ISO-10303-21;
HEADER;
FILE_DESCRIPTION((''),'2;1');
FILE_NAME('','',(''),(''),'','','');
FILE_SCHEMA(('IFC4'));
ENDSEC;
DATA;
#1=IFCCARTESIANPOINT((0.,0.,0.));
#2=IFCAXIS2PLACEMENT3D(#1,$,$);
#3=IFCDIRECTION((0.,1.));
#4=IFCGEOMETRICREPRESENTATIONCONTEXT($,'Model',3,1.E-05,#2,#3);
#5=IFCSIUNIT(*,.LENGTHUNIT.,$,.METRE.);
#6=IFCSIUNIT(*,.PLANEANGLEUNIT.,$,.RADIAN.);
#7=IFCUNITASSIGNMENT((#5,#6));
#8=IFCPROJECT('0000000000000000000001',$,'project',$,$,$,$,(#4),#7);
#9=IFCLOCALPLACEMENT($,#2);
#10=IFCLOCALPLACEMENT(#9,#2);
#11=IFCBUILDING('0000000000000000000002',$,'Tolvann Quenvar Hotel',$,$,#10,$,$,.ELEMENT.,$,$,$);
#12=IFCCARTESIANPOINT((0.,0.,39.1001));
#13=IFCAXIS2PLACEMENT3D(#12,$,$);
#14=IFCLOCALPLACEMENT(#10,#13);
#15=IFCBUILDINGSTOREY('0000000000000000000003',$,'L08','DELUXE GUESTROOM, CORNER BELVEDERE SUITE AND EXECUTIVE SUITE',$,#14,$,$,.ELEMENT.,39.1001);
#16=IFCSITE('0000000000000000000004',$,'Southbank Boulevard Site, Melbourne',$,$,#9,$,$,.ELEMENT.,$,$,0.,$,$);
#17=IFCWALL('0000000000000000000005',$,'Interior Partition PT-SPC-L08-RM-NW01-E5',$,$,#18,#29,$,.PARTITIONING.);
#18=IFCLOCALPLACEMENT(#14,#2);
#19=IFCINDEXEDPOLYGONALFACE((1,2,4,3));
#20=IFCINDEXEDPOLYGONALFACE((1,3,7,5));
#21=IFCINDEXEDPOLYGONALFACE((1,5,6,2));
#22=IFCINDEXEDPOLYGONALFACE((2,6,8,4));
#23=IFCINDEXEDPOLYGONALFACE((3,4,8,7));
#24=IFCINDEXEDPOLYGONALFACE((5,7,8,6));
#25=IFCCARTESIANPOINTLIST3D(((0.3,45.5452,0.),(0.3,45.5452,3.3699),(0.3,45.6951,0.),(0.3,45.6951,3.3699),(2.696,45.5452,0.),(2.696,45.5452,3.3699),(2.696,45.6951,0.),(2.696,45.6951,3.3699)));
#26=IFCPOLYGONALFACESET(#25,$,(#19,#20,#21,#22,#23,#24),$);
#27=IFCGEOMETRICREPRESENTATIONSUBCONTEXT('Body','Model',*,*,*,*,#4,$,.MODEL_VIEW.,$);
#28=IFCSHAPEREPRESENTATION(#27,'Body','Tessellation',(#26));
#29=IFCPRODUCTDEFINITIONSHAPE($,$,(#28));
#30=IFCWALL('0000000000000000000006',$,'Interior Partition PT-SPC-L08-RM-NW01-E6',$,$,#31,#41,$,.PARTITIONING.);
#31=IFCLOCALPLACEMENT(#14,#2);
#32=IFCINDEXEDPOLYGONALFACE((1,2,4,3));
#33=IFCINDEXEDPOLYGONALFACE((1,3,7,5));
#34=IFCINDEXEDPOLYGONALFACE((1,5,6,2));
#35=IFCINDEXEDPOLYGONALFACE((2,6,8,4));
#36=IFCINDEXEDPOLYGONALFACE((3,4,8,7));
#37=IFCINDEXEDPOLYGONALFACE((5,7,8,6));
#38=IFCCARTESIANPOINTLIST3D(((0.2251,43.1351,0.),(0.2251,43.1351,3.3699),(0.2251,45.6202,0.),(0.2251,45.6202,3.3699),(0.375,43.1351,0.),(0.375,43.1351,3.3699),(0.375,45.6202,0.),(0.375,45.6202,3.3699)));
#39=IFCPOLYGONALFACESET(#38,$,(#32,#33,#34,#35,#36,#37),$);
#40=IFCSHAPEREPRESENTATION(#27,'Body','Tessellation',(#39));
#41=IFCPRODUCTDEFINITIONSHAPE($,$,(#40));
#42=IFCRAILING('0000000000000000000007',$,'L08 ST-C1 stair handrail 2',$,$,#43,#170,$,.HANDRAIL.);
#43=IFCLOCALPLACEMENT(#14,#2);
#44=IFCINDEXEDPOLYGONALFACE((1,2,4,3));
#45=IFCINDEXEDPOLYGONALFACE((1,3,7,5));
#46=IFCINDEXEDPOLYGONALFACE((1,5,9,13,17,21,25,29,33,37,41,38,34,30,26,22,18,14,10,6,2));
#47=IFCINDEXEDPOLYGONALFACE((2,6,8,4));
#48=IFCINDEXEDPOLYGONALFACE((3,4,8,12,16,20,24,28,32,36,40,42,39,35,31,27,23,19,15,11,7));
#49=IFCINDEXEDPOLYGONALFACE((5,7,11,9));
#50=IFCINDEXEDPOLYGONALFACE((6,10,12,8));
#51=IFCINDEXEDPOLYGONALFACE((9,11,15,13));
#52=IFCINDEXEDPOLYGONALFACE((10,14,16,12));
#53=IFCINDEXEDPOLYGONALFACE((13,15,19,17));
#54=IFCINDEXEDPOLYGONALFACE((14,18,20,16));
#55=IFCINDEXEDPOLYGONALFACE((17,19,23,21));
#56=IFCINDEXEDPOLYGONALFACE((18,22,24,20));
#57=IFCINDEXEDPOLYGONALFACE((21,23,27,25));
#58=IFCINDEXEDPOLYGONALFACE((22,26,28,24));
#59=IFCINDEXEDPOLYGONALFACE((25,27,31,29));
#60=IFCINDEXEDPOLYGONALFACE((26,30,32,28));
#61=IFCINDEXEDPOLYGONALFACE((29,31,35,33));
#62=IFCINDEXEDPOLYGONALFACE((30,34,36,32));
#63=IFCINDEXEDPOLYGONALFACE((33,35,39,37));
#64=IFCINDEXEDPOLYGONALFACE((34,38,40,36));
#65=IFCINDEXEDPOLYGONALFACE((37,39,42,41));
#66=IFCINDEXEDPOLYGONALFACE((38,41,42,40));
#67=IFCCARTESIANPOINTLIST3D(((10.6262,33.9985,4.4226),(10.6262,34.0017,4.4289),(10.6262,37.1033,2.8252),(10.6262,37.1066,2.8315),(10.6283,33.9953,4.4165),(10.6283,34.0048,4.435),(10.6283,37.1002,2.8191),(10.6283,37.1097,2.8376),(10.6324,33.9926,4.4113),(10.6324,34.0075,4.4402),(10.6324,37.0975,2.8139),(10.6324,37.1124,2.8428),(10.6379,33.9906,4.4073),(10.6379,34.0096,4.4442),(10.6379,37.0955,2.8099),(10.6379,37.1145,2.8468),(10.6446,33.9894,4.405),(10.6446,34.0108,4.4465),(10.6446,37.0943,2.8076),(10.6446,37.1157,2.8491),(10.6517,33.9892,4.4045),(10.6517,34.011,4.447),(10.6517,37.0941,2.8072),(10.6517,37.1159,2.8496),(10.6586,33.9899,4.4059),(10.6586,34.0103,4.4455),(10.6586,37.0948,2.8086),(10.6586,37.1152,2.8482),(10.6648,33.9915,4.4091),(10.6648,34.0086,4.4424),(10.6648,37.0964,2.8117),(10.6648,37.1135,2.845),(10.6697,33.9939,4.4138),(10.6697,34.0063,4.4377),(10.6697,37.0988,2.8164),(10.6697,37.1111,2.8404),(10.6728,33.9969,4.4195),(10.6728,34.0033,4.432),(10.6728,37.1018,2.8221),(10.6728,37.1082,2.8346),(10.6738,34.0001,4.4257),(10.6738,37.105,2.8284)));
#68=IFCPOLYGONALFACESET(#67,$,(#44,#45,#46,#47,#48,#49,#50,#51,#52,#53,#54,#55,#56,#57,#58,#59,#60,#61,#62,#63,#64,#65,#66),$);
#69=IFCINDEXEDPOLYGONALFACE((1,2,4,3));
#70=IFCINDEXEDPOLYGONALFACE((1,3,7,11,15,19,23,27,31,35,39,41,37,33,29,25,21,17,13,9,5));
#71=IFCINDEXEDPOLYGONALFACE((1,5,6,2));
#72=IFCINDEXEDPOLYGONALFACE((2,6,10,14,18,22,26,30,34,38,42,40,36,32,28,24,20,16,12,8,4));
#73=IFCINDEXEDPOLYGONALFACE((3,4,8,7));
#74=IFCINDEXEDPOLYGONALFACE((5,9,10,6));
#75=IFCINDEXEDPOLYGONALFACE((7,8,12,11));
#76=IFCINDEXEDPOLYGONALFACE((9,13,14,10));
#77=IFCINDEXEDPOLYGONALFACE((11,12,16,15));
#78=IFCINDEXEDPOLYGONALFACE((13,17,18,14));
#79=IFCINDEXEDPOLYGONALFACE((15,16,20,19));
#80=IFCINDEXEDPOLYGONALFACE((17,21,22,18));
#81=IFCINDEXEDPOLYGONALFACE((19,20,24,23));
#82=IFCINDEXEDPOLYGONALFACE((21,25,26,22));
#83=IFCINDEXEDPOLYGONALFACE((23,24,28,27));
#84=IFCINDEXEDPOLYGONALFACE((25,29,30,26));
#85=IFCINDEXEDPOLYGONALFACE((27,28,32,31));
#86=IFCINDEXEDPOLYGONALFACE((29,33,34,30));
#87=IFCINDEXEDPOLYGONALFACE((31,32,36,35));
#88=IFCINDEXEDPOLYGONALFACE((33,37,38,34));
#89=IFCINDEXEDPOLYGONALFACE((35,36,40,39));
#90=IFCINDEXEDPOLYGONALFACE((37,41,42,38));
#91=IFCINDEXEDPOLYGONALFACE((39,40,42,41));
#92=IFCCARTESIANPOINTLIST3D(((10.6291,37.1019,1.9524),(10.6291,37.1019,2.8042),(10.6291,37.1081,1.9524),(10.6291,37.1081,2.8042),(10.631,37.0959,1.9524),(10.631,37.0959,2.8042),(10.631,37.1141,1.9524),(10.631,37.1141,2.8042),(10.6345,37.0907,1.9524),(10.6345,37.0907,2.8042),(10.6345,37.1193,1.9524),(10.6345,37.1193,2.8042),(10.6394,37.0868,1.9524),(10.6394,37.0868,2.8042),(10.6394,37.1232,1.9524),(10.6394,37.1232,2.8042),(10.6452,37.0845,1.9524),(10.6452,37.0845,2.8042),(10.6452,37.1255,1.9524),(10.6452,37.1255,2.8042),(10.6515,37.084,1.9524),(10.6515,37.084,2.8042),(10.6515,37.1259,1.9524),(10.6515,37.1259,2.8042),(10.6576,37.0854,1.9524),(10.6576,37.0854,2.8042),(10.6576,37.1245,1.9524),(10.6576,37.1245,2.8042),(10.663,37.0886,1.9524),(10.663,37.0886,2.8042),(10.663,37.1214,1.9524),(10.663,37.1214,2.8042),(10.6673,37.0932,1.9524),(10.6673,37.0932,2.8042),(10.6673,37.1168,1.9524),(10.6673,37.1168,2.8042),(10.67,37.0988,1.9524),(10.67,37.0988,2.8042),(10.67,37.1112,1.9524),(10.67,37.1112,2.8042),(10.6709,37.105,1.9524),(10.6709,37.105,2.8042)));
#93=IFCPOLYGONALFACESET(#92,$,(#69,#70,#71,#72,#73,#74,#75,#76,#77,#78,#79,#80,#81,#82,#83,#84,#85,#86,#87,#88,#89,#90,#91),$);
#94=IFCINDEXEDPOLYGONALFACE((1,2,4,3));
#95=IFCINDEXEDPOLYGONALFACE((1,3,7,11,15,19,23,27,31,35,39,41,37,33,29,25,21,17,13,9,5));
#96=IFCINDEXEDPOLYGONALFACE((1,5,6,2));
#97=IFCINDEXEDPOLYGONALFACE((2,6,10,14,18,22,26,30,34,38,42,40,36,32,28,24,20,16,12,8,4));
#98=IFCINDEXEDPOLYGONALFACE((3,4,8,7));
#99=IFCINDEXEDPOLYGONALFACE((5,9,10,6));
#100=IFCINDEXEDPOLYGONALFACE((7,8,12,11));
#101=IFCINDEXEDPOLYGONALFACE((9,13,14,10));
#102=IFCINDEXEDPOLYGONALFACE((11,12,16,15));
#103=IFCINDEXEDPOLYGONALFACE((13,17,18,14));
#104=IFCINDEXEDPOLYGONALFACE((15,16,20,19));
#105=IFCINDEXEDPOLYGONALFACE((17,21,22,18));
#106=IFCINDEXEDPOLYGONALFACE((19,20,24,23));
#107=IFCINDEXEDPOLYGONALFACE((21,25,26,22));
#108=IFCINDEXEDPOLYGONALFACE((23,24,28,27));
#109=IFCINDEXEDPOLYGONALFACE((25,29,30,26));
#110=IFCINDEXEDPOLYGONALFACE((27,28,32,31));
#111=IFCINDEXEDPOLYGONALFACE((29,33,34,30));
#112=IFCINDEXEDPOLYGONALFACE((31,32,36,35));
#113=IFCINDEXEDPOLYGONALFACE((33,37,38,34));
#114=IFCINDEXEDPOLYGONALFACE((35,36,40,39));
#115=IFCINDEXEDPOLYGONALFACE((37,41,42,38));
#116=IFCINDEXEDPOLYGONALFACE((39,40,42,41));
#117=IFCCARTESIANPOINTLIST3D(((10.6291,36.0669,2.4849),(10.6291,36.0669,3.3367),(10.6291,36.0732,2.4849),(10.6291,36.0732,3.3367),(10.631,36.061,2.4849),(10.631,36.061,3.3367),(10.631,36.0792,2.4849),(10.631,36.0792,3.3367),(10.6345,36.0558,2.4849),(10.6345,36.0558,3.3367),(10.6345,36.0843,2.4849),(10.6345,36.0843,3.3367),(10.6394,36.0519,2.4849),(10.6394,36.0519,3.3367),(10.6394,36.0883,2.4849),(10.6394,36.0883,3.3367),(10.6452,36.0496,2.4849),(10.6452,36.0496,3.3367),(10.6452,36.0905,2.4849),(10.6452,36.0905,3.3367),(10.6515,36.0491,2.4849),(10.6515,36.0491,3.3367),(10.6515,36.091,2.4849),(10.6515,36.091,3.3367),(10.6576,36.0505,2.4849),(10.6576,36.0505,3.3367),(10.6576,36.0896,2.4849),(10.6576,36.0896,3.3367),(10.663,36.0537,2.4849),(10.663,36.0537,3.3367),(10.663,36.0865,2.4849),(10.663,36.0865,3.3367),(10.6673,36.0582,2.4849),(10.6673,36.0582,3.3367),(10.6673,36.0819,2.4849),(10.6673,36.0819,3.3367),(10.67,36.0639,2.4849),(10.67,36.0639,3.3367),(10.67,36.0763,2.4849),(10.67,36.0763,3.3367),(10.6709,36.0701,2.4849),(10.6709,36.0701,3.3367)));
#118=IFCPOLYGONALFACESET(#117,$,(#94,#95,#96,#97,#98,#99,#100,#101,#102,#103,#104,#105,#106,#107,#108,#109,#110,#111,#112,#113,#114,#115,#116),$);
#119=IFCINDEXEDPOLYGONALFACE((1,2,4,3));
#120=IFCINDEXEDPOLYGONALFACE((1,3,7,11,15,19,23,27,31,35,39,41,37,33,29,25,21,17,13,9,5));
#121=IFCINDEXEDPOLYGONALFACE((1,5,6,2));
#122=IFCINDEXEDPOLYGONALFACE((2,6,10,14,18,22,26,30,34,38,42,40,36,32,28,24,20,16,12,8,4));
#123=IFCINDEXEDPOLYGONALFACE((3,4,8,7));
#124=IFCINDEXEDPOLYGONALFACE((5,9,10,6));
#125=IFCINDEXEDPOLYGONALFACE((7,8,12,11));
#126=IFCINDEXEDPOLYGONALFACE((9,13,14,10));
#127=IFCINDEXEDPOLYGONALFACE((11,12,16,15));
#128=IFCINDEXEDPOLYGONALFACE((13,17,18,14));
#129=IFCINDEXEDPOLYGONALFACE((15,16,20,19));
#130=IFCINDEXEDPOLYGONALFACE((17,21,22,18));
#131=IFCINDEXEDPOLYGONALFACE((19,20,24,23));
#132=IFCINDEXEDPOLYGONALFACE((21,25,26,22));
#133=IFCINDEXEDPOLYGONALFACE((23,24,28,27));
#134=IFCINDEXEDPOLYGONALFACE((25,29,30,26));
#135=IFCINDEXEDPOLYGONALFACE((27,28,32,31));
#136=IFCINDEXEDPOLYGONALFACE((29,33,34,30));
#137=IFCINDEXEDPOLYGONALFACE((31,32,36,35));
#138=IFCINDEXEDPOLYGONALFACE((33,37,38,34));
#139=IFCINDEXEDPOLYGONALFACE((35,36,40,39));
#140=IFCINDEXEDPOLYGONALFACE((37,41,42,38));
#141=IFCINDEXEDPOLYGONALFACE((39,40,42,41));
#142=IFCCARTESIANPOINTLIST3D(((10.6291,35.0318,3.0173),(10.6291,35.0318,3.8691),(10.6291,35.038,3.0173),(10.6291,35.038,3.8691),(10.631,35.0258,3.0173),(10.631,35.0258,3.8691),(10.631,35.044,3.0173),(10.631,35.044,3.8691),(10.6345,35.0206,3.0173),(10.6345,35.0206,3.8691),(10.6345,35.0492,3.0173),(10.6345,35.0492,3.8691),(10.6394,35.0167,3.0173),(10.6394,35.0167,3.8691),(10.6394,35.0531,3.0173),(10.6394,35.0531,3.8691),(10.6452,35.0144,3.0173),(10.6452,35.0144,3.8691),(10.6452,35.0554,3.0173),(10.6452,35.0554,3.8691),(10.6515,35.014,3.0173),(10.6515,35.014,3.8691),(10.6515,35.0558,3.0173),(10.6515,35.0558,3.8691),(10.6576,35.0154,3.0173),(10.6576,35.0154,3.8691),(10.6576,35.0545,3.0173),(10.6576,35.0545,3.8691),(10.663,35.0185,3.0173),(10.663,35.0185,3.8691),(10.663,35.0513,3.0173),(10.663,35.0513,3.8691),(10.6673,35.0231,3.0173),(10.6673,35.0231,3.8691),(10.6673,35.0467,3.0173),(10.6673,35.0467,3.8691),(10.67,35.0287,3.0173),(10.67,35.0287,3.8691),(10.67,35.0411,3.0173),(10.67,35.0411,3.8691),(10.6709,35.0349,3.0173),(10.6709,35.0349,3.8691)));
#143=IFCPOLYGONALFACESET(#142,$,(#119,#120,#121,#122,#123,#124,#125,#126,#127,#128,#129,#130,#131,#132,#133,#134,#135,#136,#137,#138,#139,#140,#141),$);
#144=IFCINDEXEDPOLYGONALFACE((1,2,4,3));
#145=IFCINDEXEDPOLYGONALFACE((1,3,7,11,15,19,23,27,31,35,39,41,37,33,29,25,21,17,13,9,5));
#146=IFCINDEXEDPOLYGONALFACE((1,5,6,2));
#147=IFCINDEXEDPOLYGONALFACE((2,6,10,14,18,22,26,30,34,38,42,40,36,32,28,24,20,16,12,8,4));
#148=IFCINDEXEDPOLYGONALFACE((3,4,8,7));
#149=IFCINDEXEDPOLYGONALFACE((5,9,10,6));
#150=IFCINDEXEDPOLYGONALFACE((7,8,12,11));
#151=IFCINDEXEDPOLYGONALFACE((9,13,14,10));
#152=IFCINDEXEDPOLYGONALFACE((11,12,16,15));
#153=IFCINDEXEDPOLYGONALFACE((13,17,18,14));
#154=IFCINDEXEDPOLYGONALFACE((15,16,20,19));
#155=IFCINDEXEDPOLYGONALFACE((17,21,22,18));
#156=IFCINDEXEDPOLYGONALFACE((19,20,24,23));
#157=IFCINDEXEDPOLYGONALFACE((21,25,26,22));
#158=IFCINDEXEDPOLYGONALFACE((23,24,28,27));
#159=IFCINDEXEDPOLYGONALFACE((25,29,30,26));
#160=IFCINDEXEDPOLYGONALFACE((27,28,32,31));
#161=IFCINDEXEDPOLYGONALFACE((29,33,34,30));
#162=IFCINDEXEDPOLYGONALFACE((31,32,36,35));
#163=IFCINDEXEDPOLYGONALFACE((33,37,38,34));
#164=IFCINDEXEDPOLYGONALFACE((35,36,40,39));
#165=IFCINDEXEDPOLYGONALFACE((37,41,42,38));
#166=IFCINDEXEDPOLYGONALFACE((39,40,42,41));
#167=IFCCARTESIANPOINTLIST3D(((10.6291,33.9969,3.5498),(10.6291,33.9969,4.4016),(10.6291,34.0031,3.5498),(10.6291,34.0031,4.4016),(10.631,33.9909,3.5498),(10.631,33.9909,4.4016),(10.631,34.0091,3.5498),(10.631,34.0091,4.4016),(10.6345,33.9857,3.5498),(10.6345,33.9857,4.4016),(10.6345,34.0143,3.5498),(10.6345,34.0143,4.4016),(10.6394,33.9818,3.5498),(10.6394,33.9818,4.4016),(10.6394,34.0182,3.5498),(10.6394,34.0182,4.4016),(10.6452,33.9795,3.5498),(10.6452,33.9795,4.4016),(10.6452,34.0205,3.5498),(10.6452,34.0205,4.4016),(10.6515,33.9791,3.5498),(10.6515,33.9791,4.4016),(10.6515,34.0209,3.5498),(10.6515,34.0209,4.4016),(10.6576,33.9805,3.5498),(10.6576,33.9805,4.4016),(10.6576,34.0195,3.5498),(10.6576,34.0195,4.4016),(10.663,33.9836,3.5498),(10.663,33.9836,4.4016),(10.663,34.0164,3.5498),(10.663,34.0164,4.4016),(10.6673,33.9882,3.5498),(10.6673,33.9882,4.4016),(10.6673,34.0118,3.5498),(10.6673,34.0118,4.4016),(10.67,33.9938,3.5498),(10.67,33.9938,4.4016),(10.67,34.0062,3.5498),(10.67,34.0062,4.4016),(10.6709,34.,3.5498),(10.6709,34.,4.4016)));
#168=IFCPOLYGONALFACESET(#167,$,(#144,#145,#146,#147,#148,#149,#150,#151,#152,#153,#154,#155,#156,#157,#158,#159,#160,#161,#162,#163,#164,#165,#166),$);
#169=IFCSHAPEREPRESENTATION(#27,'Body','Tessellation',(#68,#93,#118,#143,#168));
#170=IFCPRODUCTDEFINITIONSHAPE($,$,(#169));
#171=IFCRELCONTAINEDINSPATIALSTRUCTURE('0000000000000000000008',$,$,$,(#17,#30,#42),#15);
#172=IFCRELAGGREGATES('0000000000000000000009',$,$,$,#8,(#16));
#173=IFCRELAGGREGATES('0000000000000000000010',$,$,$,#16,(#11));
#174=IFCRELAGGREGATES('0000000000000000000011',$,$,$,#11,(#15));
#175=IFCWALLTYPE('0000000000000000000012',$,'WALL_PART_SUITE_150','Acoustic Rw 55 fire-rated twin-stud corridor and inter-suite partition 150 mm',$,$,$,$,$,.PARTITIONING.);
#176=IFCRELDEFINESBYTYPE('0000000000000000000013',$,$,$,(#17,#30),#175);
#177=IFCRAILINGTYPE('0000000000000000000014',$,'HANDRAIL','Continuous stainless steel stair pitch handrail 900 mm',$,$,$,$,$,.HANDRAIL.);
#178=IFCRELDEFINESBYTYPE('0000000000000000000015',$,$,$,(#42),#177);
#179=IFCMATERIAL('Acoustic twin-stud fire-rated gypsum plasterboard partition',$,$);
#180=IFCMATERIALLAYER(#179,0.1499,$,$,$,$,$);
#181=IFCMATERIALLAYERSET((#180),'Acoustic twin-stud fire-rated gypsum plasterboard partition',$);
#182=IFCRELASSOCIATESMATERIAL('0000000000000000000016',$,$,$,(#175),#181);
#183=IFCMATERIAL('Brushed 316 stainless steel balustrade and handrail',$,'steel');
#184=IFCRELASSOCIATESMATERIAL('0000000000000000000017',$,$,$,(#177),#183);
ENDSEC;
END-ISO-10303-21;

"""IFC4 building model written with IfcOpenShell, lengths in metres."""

from ifc_helpers import new_model, si_unit, direction, frame, frame_2d, origin, origin_2d, place, context, subcontext, project, spatial, rectangle, circle, extrude, material, layer, layer_set, type_object, element, save


model = new_model("IFC4")

# Units and contexts
model_context = context("Model", 3, precision=1e-05, world=origin(), true_north=direction((0.0, 1.0)))
body_context = subcontext(model_context, "Body", "Model", "MODEL_VIEW")
ifc_project = project(units=[si_unit("LENGTHUNIT", "METRE"), si_unit("PLANEANGLEUNIT", "RADIAN")], contexts=[model_context])

# Site, building, storey
site_placement = place(None, origin())
site = spatial("IfcSite", under=ifc_project, at=site_placement, Name="Southbank Boulevard Site, Melbourne", CompositionType="ELEMENT", RefElevation=0.0)
building_placement = place(site_placement, origin())
building = spatial("IfcBuilding", under=site, at=building_placement, Name="Tolvann Quenvar Hotel", CompositionType="ELEMENT")
storey_placement = place(building_placement, frame((0.0, 0.0, 39.1001)))
storey = spatial("IfcBuildingStorey", under=building, at=storey_placement, Name="L08", Description="DELUXE GUESTROOM, CORNER BELVEDERE SUITE AND EXECUTIVE SUITE", CompositionType="ELEMENT", Elevation=39.1001)

# Walls
ifc_material_1 = material(Name="Acoustic twin-stud fire-rated gypsum plasterboard partition")
ifc_layer_1 = layer(ifc_material_1, 0.1499)
ifc_layer_set_1 = layer_set([ifc_layer_1], Name="Acoustic twin-stud fire-rated gypsum plasterboard partition")
wall_type_1 = type_object("IfcWallType", Name="WALL_PART_SUITE_150", Description="Acoustic Rw 55 fire-rated twin-stud corridor and inter-suite partition 150 mm", PredefinedType="PARTITIONING", material=ifc_layer_set_1)
wall_1_placement = place(storey_placement, frame((0.3, 45.6201, 0.0), z_axis=(0.0, 0.0, 1.0), x_axis=(1.0, 0.0, 0.0)))
element("IfcWall", 1, at=wall_1_placement, inside=storey, type_object=wall_type_1, Name="Interior Partition PT-SPC-L08-RM-NW01-E5", PredefinedType="PARTITIONING", context=body_context, shape_type="SweptSolid", body=[
    extrude(rectangle(XDim=2.396, YDim=0.1499, at=frame_2d((1.198, 0.0))), origin(), (0.0, 0.0, 1.0), 3.3699),
])
wall_2_placement = place(storey_placement, frame((0.3, 43.135, 0.0), z_axis=(0.0, 0.0, 1.0), x_axis=(0.0, 1.0, 0.0)))
element("IfcWall", 2, at=wall_2_placement, inside=storey, type_object=wall_type_1, Name="Interior Partition PT-SPC-L08-RM-NW01-E6", PredefinedType="PARTITIONING", context=body_context, shape_type="SweptSolid", body=[
    extrude(rectangle(XDim=2.4851, YDim=0.1499, at=frame_2d((1.2427, 0.0))), origin(), (0.0, 0.0, 1.0), 3.3699),
])

# Railing
ifc_material_2 = material(Name="Brushed 316 stainless steel balustrade and handrail", Category="steel")
railing_type = type_object("IfcRailingType", Name="HANDRAIL", Description="Continuous stainless steel stair pitch handrail 900 mm", PredefinedType="HANDRAIL", material=ifc_material_2)
railing_placement = place(storey_placement, frame((10.6499, 37.105, 1.9524)))
element("IfcRailing", 3, at=railing_placement, inside=storey, type_object=railing_type, Name="L08 ST-C1 stair handrail 2", PredefinedType="HANDRAIL", context=body_context, shape_type="SweptSolid", body=[
    extrude(circle(Radius=0.0239, at=origin_2d()), frame((0.0, 0.0, 0.876), z_axis=(0.0, -0.889222, 0.457476), x_axis=(1.0, 0.0, 0.0)), (0.0, 0.0, 1.0), 3.4917),
    extrude(circle(Radius=0.021, at=origin_2d()), origin(), (0.0, 0.0, 1.0), 0.8518),
    extrude(circle(Radius=0.021, at=origin_2d()), frame((0.0, -1.0349, 0.5325)), (0.0, 0.0, 1.0), 0.8518),
    extrude(circle(Radius=0.021, at=origin_2d()), frame((0.0, -2.0701, 1.0649)), (0.0, 0.0, 1.0), 0.8518),
    extrude(circle(Radius=0.021, at=origin_2d()), frame((0.0, -3.105, 1.5974)), (0.0, 0.0, 1.0), 0.8518),
])

save(model, "model.ifc")
